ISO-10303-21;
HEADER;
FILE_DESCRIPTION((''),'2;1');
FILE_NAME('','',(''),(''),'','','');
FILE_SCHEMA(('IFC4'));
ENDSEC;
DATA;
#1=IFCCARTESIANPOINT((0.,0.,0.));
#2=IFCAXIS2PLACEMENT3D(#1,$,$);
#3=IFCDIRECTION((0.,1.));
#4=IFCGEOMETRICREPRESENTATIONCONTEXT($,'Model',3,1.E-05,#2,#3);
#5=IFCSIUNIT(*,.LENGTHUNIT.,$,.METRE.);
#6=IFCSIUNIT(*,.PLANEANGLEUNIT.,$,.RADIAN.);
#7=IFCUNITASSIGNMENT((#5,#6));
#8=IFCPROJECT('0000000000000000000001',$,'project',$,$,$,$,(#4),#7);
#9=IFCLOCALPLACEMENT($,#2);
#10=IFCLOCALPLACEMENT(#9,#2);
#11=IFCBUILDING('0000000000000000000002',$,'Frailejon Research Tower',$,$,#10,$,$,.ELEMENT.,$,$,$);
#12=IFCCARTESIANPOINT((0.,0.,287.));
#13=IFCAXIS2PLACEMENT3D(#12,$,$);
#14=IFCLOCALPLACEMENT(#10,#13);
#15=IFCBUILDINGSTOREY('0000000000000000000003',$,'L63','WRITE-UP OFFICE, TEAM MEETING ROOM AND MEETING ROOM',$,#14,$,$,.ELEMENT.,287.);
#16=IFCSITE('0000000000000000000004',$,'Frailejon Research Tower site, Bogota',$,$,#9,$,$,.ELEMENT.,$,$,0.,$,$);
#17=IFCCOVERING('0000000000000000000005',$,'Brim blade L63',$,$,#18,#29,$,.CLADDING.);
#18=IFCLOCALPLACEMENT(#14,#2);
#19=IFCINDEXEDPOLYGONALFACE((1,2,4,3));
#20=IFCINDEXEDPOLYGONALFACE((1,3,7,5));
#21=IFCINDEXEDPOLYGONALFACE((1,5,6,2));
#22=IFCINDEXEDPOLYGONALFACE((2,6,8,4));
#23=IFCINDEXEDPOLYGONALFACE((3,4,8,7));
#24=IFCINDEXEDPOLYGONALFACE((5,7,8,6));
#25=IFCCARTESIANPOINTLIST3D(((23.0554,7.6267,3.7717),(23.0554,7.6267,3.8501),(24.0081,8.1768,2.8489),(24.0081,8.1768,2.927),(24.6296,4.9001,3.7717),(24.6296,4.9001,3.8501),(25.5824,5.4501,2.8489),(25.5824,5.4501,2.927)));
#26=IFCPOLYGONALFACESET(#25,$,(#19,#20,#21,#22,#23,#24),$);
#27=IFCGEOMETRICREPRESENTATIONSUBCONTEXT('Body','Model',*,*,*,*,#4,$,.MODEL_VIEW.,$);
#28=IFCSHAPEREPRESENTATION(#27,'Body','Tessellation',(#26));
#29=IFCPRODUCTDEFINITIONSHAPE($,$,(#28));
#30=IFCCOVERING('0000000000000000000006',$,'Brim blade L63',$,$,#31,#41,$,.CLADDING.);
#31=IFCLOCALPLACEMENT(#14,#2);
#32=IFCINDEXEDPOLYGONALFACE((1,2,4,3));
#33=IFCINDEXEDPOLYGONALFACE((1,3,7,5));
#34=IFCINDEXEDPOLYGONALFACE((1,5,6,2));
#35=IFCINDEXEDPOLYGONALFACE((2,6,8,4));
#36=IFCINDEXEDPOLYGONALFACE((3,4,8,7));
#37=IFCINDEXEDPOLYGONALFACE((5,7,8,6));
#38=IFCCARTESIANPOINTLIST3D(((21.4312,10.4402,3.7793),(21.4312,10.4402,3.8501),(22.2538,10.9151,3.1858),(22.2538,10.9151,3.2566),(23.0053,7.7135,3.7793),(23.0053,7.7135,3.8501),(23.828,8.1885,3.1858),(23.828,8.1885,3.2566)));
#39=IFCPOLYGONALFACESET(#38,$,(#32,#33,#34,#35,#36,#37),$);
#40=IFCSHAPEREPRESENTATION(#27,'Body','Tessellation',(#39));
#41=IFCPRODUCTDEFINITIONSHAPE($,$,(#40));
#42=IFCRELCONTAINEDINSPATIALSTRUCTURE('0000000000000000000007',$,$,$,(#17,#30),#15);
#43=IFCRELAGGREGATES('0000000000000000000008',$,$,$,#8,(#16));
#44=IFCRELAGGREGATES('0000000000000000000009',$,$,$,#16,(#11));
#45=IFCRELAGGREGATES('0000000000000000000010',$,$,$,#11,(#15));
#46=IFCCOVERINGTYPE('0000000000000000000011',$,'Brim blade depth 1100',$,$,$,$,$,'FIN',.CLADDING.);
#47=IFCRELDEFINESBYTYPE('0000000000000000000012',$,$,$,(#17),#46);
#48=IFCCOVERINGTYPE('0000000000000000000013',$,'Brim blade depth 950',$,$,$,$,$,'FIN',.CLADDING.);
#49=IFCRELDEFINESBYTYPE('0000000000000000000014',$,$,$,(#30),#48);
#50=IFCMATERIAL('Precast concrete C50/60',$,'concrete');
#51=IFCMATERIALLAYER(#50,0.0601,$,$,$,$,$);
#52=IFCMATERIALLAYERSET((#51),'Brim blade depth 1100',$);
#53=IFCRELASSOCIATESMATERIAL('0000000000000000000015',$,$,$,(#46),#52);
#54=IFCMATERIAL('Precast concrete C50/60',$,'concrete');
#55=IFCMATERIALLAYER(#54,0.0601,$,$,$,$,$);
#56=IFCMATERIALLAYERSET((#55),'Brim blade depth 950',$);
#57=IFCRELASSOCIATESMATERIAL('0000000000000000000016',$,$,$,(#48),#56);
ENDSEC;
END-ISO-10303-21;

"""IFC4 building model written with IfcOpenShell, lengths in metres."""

from ifc_helpers import new_model, si_unit, direction, frame, origin, place, context, subcontext, project, spatial, polyline, outline, extrude, material, layer, layer_set, type_object, element, save


model = new_model("IFC4")

# Units and contexts
model_context = context("Model", 3, precision=1e-05, world=origin(), true_north=direction((0.0, 1.0)))
body_context = subcontext(model_context, "Body", "Model", "MODEL_VIEW")
ifc_project = project(units=[si_unit("LENGTHUNIT", "METRE"), si_unit("PLANEANGLEUNIT", "RADIAN")], contexts=[model_context])

# Site, building, storey
site_placement = place(None, origin())
site = spatial("IfcSite", under=ifc_project, at=site_placement, Name="Frailejon Research Tower site, Bogota", CompositionType="ELEMENT", RefElevation=0.0)
building_placement = place(site_placement, origin())
building = spatial("IfcBuilding", under=site, at=building_placement, Name="Frailejon Research Tower", CompositionType="ELEMENT")
storey_placement = place(building_placement, frame((0.0, 0.0, 287.0)))
storey = spatial("IfcBuildingStorey", under=building, at=storey_placement, Name="L63", Description="WRITE-UP OFFICE, TEAM MEETING ROOM AND MEETING ROOM", CompositionType="ELEMENT", Elevation=287.0)

# Coverings
ifc_material_1 = material(Name="Precast concrete C50/60", Category="concrete")
ifc_layer_1 = layer(ifc_material_1, 0.0601)
ifc_layer_set_1 = layer_set([ifc_layer_1], Name="Brim blade depth 1100")
covering_type_1 = type_object("IfcCoveringType", Name="Brim blade depth 1100", ElementType="FIN", PredefinedType="CLADDING", material=ifc_layer_set_1)
covering_1_placement = place(storey_placement, frame((23.0554, 7.6267, 3.8501), z_axis=(0.5, -0.866026, 0.0), x_axis=(0.866026, 0.5, 0.0)))
element("IfcCovering", 1, at=covering_1_placement, inside=storey, type_object=covering_type_1, Name="Brim blade L63", PredefinedType="CLADDING", context=body_context, shape_type="SweptSolid", body=[
    extrude(outline(polyline([(0.0, -0.0784), (1.1001, -1.0012), (1.1001, -0.9231), (0.0, 0.0), (0.0, -0.0784)])), origin(), (0.0, 0.0, 1.0), 3.1484),
])
ifc_material_2 = material(Name="Precast concrete C50/60", Category="concrete")
ifc_layer_2 = layer(ifc_material_2, 0.0601)
ifc_layer_set_2 = layer_set([ifc_layer_2], Name="Brim blade depth 950")
covering_type_2 = type_object("IfcCoveringType", Name="Brim blade depth 950", ElementType="FIN", PredefinedType="CLADDING", material=ifc_layer_set_2)
covering_2_placement = place(storey_placement, frame((21.4312, 10.4402, 3.8501), z_axis=(0.499986, -0.866033, 0.0), x_axis=(0.866033, 0.499986, 0.0)))
element("IfcCovering", 2, at=covering_2_placement, inside=storey, type_object=covering_type_2, Name="Brim blade L63", PredefinedType="CLADDING", context=body_context, shape_type="SweptSolid", body=[
    extrude(outline(polyline([(0.0, -0.0708), (0.95, -0.6643), (0.95, -0.5935), (0.0, 0.0), (0.0, -0.0708)])), origin(), (0.0, 0.0, 1.0), 3.1484),
])

save(model, "model.ifc")
